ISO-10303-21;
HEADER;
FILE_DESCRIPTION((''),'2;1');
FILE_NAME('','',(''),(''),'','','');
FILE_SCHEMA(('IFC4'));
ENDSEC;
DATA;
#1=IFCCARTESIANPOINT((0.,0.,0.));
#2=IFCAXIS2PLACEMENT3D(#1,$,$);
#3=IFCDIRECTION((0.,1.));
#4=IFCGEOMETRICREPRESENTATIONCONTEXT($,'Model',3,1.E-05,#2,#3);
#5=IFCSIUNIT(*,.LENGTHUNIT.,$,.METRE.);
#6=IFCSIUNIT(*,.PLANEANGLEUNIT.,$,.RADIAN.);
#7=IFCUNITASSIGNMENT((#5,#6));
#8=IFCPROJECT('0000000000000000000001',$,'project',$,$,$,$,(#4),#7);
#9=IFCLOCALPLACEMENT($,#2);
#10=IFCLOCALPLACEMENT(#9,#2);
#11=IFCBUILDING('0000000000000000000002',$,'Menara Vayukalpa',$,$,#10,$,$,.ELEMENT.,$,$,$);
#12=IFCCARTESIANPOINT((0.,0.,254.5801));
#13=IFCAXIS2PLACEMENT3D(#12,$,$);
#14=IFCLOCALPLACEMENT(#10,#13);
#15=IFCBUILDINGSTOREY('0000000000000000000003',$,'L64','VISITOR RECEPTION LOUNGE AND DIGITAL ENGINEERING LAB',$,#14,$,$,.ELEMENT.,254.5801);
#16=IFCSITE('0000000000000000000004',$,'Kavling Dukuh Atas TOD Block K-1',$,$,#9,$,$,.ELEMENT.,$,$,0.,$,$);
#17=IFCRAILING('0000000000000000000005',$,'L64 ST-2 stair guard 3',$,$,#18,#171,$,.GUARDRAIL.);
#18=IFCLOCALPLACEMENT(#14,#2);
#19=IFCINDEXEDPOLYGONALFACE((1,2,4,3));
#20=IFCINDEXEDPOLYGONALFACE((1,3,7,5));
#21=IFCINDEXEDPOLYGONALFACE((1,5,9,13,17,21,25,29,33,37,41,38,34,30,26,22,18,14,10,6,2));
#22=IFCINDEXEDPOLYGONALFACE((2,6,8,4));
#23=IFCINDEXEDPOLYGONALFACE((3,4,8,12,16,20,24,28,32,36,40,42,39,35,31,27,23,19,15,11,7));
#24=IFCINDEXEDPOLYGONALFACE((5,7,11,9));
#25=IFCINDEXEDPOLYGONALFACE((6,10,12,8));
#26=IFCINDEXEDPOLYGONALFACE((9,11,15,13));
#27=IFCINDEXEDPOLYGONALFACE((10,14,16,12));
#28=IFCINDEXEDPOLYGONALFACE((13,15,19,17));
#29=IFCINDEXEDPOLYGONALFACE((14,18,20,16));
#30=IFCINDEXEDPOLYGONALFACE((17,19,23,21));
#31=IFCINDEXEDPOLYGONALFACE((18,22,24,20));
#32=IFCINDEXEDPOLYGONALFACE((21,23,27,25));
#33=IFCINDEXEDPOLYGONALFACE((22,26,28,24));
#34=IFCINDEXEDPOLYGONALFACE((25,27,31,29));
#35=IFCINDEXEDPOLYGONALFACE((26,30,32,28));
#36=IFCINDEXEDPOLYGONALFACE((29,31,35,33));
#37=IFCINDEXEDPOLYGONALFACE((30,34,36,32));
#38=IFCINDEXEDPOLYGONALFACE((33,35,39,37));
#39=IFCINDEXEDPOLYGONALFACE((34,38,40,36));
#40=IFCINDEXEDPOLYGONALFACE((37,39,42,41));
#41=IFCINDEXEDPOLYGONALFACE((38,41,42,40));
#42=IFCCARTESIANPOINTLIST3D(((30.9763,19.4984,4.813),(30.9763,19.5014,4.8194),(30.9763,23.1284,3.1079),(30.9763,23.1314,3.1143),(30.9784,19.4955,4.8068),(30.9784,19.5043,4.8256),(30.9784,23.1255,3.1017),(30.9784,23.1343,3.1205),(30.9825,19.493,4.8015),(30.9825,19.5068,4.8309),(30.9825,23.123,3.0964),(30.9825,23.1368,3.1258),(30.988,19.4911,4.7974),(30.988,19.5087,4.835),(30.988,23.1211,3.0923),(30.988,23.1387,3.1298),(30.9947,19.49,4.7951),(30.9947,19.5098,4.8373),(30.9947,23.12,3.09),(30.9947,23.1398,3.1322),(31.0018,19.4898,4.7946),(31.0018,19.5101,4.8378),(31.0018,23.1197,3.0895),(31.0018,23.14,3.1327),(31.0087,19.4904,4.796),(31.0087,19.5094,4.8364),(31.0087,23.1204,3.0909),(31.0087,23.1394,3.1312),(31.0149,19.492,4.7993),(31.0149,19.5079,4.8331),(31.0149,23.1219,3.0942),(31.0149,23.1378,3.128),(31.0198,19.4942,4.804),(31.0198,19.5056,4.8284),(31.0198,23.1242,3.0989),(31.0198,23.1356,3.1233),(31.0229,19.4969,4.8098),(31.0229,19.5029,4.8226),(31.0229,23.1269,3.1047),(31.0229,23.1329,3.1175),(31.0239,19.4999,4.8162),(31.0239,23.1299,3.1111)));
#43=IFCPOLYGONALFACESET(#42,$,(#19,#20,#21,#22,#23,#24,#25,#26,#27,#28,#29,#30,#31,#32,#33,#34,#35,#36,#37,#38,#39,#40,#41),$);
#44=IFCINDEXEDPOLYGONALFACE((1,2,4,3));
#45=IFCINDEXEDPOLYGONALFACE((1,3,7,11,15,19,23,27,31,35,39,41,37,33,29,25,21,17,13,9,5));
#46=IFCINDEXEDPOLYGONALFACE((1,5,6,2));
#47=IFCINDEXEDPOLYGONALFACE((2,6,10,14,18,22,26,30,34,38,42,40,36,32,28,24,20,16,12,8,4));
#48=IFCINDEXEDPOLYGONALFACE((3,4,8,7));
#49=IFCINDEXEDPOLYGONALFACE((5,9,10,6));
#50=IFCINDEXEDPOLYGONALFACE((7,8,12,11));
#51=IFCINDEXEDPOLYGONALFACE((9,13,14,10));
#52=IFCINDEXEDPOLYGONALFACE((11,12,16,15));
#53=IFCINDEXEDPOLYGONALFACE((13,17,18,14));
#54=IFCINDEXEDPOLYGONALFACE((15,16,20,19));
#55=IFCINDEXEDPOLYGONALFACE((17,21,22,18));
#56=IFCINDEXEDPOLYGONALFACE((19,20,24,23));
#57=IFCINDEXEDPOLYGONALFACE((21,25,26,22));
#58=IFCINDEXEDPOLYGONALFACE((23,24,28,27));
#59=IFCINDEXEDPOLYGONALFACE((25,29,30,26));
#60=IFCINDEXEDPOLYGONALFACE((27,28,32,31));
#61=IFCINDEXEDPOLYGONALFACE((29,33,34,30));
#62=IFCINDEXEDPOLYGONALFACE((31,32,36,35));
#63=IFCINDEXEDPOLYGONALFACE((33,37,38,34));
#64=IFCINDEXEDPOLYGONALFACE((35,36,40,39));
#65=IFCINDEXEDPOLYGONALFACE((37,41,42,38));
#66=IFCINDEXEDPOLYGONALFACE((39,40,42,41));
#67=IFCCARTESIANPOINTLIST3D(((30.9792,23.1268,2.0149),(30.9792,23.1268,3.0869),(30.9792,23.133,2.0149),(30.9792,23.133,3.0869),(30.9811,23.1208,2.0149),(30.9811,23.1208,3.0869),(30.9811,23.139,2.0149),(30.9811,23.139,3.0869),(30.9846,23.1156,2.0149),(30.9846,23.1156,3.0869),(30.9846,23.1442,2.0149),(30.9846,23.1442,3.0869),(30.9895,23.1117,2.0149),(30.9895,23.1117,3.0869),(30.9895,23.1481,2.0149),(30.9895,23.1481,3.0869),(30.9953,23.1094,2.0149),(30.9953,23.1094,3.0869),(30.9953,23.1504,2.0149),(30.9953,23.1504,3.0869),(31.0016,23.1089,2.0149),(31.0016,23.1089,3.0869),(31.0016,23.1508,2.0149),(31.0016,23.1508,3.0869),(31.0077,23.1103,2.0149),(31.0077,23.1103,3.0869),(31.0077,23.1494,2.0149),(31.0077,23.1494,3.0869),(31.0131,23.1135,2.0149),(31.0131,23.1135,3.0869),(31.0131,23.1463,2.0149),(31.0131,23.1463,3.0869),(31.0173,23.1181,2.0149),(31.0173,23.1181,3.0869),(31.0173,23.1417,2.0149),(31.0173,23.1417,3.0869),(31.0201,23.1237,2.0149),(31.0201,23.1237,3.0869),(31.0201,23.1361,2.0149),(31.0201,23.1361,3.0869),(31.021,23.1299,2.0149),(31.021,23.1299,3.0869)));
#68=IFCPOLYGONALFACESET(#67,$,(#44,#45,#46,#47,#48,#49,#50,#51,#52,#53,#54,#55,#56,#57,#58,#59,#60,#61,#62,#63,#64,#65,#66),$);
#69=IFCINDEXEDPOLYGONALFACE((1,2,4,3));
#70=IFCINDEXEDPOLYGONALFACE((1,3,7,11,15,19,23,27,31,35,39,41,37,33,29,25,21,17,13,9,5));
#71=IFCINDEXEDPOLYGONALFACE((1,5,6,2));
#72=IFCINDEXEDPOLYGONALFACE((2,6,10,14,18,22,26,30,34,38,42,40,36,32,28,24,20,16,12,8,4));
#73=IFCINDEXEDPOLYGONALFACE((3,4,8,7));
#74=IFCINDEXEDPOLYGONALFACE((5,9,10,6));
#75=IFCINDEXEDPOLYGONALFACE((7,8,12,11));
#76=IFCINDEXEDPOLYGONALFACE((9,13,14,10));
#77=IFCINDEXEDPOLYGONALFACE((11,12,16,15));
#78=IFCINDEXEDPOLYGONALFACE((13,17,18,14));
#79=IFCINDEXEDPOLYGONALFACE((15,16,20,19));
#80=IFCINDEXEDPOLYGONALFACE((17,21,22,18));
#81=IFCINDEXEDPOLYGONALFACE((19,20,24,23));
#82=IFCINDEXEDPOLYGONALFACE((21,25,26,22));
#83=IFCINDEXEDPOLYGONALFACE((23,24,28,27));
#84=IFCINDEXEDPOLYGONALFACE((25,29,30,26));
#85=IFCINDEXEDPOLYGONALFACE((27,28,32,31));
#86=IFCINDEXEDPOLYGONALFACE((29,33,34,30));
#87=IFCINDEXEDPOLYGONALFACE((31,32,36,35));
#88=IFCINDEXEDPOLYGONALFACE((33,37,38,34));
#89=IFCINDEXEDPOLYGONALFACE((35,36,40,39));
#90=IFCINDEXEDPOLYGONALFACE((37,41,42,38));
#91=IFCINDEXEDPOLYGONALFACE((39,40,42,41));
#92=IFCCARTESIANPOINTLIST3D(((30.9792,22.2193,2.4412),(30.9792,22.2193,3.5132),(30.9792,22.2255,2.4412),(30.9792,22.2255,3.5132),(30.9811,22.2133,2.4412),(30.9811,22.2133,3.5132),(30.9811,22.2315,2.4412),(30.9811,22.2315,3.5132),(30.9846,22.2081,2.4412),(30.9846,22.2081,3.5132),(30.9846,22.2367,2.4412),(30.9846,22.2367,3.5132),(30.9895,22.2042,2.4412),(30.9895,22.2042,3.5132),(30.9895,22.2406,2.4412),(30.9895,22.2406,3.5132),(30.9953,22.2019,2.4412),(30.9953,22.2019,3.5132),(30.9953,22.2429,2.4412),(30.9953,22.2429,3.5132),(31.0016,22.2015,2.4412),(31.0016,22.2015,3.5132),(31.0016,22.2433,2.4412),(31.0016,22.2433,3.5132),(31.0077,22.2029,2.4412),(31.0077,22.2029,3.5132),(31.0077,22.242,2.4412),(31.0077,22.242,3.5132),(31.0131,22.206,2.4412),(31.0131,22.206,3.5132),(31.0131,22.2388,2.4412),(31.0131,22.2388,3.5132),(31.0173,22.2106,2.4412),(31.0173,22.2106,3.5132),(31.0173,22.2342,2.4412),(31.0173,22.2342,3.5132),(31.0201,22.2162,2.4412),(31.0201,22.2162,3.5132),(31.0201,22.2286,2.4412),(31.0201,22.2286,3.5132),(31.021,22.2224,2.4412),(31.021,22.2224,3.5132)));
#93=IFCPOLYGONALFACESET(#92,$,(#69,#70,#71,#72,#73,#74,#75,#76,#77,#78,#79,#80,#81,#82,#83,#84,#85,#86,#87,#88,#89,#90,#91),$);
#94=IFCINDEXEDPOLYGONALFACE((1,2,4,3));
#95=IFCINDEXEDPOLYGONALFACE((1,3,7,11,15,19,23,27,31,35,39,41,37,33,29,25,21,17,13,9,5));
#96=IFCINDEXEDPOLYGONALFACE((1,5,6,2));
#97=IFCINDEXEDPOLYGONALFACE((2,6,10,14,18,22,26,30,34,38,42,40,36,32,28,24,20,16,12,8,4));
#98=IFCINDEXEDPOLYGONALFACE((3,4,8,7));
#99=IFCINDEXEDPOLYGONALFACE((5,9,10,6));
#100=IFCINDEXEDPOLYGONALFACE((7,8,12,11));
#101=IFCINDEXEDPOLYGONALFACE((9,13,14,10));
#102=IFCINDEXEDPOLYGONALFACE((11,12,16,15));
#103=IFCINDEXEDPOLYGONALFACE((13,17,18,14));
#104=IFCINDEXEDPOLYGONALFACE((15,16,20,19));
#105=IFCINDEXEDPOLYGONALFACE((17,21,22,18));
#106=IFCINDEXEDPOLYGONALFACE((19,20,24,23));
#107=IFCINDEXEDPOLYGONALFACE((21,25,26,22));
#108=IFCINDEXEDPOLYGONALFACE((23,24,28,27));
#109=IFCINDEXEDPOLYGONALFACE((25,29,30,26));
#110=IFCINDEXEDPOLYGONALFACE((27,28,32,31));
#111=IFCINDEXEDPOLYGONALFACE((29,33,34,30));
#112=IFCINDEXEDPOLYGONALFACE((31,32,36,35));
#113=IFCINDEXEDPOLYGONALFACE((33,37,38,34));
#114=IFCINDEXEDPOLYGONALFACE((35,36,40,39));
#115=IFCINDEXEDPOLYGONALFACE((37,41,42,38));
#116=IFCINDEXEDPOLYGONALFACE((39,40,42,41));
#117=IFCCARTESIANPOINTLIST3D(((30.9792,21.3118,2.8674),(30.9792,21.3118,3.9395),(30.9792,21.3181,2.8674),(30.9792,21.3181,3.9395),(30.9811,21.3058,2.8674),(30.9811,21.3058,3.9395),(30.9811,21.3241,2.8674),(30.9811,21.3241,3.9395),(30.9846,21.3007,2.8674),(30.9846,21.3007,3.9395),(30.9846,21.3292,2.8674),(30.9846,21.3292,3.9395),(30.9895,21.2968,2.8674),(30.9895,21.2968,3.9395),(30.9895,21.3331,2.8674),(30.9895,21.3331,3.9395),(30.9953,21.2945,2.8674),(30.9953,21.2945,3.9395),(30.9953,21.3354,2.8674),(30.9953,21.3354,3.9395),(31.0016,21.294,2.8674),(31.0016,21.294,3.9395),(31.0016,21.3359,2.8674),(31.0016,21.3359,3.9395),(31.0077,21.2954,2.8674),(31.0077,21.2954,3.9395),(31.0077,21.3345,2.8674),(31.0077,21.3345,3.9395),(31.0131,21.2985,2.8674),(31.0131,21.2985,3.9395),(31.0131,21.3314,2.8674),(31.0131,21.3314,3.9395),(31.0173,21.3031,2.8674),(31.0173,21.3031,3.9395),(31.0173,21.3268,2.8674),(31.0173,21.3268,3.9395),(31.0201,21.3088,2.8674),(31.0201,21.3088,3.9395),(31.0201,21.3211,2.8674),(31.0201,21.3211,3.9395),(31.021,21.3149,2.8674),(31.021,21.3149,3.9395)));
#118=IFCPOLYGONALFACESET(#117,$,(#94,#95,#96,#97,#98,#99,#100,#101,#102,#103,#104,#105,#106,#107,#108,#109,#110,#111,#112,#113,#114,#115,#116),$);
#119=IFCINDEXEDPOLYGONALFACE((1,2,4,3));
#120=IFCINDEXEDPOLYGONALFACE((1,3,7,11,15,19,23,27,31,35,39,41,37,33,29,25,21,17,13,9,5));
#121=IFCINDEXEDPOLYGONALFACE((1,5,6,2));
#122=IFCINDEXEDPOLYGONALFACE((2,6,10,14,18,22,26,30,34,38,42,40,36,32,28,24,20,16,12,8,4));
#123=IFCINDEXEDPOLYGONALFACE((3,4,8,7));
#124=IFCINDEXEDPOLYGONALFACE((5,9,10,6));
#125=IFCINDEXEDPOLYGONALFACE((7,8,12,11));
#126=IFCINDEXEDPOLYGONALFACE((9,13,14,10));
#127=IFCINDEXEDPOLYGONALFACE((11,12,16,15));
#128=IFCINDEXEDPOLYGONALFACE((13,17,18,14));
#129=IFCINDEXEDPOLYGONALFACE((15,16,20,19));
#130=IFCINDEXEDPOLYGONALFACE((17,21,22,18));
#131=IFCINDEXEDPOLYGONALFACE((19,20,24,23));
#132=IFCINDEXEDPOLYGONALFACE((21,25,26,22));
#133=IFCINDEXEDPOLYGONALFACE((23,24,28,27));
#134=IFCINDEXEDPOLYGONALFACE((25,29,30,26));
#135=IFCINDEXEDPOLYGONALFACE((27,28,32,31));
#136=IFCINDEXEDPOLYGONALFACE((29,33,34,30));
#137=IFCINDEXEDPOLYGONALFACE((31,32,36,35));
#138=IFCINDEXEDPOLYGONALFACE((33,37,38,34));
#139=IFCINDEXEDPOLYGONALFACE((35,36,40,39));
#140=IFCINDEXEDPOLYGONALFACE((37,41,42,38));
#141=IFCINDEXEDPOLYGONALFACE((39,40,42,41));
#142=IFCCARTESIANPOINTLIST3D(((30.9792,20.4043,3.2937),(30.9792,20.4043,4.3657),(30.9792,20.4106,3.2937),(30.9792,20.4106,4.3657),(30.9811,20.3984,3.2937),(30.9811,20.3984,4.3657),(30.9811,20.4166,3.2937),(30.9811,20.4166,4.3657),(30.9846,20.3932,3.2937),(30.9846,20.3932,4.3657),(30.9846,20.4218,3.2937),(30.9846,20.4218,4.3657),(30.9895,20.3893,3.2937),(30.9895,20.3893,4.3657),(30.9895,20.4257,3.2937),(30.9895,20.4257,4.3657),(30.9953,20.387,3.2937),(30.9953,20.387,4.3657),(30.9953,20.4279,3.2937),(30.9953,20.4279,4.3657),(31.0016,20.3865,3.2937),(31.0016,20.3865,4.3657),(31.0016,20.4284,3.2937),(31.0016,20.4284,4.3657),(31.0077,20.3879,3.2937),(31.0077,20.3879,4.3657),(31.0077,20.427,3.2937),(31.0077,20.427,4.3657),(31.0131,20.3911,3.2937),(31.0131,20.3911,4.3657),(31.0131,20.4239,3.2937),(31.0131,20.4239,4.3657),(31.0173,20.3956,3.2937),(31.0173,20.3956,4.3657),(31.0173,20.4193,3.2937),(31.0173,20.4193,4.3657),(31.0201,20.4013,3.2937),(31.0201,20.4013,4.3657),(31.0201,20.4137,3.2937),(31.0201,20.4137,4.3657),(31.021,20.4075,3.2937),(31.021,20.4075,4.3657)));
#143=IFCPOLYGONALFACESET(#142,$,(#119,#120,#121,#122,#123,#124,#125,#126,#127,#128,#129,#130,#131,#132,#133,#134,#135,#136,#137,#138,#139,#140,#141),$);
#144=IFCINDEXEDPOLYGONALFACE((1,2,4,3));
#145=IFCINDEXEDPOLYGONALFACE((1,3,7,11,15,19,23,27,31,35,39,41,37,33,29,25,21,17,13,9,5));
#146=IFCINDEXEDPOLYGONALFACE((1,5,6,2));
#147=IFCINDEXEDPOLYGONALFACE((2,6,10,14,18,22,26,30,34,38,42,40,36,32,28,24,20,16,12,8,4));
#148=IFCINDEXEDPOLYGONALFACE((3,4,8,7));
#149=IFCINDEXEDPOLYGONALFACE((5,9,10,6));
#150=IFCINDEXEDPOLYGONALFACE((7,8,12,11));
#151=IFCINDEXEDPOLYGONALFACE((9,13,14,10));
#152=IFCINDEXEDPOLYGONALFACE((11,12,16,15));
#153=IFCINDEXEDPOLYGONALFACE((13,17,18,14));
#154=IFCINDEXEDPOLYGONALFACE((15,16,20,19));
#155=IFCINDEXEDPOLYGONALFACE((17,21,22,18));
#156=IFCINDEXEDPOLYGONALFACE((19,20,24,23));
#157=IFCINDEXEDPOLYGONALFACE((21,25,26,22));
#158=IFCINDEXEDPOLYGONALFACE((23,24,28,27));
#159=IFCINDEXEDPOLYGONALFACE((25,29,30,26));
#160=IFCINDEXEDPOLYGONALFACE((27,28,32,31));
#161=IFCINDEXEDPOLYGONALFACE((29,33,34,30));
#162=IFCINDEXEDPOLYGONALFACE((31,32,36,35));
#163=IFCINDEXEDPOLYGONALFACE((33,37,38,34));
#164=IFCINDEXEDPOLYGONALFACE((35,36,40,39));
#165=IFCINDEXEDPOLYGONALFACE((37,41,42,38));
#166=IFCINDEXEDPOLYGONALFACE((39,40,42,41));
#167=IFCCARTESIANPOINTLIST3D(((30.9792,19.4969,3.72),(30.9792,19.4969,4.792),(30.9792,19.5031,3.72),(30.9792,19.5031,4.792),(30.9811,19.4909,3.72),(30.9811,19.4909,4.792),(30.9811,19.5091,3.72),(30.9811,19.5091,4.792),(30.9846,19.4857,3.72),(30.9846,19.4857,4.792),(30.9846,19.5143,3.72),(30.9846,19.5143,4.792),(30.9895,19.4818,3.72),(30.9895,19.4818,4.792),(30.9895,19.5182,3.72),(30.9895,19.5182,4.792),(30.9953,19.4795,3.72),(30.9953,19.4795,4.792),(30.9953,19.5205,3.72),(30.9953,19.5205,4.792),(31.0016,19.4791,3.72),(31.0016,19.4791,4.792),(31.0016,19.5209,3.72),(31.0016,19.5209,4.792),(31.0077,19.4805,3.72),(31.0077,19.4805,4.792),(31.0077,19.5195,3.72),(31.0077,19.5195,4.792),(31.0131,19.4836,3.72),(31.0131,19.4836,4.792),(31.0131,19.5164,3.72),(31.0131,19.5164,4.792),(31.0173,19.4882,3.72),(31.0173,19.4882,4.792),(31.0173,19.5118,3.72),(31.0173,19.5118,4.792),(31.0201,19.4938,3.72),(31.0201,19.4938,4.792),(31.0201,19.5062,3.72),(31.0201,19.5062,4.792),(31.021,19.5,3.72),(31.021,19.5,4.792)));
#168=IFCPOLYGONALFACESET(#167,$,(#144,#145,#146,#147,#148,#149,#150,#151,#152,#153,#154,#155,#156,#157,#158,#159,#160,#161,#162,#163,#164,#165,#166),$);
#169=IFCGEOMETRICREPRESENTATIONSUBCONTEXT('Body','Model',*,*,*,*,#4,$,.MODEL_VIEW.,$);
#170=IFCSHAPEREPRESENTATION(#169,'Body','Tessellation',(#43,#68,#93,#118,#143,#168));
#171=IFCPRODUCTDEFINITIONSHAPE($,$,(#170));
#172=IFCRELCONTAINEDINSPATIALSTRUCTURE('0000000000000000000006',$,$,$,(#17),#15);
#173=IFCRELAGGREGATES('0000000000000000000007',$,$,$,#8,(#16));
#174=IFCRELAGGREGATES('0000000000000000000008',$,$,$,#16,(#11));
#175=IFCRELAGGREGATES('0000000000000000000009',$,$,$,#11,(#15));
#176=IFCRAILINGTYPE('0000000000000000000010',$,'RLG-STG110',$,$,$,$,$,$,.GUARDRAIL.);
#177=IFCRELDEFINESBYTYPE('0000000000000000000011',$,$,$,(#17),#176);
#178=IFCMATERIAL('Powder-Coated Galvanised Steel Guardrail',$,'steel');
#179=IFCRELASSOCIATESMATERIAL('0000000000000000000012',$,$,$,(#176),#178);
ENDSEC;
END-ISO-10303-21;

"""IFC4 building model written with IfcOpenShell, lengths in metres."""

from ifc_helpers import new_model, si_unit, direction, frame, origin, origin_2d, place, context, subcontext, project, spatial, circle, extrude, material, type_object, element, save


model = new_model("IFC4")

# Units and contexts
model_context = context("Model", 3, precision=1e-05, world=origin(), true_north=direction((0.0, 1.0)))
body_context = subcontext(model_context, "Body", "Model", "MODEL_VIEW")
ifc_project = project(units=[si_unit("LENGTHUNIT", "METRE"), si_unit("PLANEANGLEUNIT", "RADIAN")], contexts=[model_context])

# Site, building, storey
site_placement = place(None, origin())
site = spatial("IfcSite", under=ifc_project, at=site_placement, Name="Kavling Dukuh Atas TOD Block K-1", CompositionType="ELEMENT", RefElevation=0.0)
building_placement = place(site_placement, origin())
building = spatial("IfcBuilding", under=site, at=building_placement, Name="Menara Vayukalpa", CompositionType="ELEMENT")
storey_placement = place(building_placement, frame((0.0, 0.0, 254.5801)))
storey = spatial("IfcBuildingStorey", under=building, at=storey_placement, Name="L64", Description="VISITOR RECEPTION LOUNGE AND DIGITAL ENGINEERING LAB", CompositionType="ELEMENT", Elevation=254.5801)

# Railing
ifc_material_1 = material(Name="Powder-Coated Galvanised Steel Guardrail", Category="steel")
railing_type_1 = type_object("IfcRailingType", Name="RLG-STG110", PredefinedType="GUARDRAIL", material=ifc_material_1)
railing_1_placement = place(storey_placement, frame((31.0, 23.1299, 2.0149)))
element("IfcRailing", 1, at=railing_1_placement, inside=storey, type_object=railing_type_1, Name="L64 ST-2 stair guard 3", PredefinedType="GUARDRAIL", context=body_context, shape_type="SweptSolid", body=[
    extrude(circle(Radius=0.0239, at=origin_2d()), frame((0.0, 0.0, 1.0962), z_axis=(0.0, -0.905116, 0.425164), x_axis=(1.0, 0.0, 0.0)), (0.0, 0.0, 1.0), 4.0105),
    extrude(circle(Radius=0.021, at=origin_2d()), origin(), (0.0, 0.0, 1.0), 1.072),
    extrude(circle(Radius=0.021, at=origin_2d()), frame((0.0, -0.9075, 0.4263)), (0.0, 0.0, 1.0), 1.072),
    extrude(circle(Radius=0.021, at=origin_2d()), frame((0.0, -1.8149, 0.8525)), (0.0, 0.0, 1.0), 1.072),
    extrude(circle(Radius=0.021, at=origin_2d()), frame((0.0, -2.7224, 1.2788)), (0.0, 0.0, 1.0), 1.072),
    extrude(circle(Radius=0.021, at=origin_2d()), frame((0.0, -3.6299, 1.7051)), (0.0, 0.0, 1.0), 1.072),
])

save(model, "model.ifc")
